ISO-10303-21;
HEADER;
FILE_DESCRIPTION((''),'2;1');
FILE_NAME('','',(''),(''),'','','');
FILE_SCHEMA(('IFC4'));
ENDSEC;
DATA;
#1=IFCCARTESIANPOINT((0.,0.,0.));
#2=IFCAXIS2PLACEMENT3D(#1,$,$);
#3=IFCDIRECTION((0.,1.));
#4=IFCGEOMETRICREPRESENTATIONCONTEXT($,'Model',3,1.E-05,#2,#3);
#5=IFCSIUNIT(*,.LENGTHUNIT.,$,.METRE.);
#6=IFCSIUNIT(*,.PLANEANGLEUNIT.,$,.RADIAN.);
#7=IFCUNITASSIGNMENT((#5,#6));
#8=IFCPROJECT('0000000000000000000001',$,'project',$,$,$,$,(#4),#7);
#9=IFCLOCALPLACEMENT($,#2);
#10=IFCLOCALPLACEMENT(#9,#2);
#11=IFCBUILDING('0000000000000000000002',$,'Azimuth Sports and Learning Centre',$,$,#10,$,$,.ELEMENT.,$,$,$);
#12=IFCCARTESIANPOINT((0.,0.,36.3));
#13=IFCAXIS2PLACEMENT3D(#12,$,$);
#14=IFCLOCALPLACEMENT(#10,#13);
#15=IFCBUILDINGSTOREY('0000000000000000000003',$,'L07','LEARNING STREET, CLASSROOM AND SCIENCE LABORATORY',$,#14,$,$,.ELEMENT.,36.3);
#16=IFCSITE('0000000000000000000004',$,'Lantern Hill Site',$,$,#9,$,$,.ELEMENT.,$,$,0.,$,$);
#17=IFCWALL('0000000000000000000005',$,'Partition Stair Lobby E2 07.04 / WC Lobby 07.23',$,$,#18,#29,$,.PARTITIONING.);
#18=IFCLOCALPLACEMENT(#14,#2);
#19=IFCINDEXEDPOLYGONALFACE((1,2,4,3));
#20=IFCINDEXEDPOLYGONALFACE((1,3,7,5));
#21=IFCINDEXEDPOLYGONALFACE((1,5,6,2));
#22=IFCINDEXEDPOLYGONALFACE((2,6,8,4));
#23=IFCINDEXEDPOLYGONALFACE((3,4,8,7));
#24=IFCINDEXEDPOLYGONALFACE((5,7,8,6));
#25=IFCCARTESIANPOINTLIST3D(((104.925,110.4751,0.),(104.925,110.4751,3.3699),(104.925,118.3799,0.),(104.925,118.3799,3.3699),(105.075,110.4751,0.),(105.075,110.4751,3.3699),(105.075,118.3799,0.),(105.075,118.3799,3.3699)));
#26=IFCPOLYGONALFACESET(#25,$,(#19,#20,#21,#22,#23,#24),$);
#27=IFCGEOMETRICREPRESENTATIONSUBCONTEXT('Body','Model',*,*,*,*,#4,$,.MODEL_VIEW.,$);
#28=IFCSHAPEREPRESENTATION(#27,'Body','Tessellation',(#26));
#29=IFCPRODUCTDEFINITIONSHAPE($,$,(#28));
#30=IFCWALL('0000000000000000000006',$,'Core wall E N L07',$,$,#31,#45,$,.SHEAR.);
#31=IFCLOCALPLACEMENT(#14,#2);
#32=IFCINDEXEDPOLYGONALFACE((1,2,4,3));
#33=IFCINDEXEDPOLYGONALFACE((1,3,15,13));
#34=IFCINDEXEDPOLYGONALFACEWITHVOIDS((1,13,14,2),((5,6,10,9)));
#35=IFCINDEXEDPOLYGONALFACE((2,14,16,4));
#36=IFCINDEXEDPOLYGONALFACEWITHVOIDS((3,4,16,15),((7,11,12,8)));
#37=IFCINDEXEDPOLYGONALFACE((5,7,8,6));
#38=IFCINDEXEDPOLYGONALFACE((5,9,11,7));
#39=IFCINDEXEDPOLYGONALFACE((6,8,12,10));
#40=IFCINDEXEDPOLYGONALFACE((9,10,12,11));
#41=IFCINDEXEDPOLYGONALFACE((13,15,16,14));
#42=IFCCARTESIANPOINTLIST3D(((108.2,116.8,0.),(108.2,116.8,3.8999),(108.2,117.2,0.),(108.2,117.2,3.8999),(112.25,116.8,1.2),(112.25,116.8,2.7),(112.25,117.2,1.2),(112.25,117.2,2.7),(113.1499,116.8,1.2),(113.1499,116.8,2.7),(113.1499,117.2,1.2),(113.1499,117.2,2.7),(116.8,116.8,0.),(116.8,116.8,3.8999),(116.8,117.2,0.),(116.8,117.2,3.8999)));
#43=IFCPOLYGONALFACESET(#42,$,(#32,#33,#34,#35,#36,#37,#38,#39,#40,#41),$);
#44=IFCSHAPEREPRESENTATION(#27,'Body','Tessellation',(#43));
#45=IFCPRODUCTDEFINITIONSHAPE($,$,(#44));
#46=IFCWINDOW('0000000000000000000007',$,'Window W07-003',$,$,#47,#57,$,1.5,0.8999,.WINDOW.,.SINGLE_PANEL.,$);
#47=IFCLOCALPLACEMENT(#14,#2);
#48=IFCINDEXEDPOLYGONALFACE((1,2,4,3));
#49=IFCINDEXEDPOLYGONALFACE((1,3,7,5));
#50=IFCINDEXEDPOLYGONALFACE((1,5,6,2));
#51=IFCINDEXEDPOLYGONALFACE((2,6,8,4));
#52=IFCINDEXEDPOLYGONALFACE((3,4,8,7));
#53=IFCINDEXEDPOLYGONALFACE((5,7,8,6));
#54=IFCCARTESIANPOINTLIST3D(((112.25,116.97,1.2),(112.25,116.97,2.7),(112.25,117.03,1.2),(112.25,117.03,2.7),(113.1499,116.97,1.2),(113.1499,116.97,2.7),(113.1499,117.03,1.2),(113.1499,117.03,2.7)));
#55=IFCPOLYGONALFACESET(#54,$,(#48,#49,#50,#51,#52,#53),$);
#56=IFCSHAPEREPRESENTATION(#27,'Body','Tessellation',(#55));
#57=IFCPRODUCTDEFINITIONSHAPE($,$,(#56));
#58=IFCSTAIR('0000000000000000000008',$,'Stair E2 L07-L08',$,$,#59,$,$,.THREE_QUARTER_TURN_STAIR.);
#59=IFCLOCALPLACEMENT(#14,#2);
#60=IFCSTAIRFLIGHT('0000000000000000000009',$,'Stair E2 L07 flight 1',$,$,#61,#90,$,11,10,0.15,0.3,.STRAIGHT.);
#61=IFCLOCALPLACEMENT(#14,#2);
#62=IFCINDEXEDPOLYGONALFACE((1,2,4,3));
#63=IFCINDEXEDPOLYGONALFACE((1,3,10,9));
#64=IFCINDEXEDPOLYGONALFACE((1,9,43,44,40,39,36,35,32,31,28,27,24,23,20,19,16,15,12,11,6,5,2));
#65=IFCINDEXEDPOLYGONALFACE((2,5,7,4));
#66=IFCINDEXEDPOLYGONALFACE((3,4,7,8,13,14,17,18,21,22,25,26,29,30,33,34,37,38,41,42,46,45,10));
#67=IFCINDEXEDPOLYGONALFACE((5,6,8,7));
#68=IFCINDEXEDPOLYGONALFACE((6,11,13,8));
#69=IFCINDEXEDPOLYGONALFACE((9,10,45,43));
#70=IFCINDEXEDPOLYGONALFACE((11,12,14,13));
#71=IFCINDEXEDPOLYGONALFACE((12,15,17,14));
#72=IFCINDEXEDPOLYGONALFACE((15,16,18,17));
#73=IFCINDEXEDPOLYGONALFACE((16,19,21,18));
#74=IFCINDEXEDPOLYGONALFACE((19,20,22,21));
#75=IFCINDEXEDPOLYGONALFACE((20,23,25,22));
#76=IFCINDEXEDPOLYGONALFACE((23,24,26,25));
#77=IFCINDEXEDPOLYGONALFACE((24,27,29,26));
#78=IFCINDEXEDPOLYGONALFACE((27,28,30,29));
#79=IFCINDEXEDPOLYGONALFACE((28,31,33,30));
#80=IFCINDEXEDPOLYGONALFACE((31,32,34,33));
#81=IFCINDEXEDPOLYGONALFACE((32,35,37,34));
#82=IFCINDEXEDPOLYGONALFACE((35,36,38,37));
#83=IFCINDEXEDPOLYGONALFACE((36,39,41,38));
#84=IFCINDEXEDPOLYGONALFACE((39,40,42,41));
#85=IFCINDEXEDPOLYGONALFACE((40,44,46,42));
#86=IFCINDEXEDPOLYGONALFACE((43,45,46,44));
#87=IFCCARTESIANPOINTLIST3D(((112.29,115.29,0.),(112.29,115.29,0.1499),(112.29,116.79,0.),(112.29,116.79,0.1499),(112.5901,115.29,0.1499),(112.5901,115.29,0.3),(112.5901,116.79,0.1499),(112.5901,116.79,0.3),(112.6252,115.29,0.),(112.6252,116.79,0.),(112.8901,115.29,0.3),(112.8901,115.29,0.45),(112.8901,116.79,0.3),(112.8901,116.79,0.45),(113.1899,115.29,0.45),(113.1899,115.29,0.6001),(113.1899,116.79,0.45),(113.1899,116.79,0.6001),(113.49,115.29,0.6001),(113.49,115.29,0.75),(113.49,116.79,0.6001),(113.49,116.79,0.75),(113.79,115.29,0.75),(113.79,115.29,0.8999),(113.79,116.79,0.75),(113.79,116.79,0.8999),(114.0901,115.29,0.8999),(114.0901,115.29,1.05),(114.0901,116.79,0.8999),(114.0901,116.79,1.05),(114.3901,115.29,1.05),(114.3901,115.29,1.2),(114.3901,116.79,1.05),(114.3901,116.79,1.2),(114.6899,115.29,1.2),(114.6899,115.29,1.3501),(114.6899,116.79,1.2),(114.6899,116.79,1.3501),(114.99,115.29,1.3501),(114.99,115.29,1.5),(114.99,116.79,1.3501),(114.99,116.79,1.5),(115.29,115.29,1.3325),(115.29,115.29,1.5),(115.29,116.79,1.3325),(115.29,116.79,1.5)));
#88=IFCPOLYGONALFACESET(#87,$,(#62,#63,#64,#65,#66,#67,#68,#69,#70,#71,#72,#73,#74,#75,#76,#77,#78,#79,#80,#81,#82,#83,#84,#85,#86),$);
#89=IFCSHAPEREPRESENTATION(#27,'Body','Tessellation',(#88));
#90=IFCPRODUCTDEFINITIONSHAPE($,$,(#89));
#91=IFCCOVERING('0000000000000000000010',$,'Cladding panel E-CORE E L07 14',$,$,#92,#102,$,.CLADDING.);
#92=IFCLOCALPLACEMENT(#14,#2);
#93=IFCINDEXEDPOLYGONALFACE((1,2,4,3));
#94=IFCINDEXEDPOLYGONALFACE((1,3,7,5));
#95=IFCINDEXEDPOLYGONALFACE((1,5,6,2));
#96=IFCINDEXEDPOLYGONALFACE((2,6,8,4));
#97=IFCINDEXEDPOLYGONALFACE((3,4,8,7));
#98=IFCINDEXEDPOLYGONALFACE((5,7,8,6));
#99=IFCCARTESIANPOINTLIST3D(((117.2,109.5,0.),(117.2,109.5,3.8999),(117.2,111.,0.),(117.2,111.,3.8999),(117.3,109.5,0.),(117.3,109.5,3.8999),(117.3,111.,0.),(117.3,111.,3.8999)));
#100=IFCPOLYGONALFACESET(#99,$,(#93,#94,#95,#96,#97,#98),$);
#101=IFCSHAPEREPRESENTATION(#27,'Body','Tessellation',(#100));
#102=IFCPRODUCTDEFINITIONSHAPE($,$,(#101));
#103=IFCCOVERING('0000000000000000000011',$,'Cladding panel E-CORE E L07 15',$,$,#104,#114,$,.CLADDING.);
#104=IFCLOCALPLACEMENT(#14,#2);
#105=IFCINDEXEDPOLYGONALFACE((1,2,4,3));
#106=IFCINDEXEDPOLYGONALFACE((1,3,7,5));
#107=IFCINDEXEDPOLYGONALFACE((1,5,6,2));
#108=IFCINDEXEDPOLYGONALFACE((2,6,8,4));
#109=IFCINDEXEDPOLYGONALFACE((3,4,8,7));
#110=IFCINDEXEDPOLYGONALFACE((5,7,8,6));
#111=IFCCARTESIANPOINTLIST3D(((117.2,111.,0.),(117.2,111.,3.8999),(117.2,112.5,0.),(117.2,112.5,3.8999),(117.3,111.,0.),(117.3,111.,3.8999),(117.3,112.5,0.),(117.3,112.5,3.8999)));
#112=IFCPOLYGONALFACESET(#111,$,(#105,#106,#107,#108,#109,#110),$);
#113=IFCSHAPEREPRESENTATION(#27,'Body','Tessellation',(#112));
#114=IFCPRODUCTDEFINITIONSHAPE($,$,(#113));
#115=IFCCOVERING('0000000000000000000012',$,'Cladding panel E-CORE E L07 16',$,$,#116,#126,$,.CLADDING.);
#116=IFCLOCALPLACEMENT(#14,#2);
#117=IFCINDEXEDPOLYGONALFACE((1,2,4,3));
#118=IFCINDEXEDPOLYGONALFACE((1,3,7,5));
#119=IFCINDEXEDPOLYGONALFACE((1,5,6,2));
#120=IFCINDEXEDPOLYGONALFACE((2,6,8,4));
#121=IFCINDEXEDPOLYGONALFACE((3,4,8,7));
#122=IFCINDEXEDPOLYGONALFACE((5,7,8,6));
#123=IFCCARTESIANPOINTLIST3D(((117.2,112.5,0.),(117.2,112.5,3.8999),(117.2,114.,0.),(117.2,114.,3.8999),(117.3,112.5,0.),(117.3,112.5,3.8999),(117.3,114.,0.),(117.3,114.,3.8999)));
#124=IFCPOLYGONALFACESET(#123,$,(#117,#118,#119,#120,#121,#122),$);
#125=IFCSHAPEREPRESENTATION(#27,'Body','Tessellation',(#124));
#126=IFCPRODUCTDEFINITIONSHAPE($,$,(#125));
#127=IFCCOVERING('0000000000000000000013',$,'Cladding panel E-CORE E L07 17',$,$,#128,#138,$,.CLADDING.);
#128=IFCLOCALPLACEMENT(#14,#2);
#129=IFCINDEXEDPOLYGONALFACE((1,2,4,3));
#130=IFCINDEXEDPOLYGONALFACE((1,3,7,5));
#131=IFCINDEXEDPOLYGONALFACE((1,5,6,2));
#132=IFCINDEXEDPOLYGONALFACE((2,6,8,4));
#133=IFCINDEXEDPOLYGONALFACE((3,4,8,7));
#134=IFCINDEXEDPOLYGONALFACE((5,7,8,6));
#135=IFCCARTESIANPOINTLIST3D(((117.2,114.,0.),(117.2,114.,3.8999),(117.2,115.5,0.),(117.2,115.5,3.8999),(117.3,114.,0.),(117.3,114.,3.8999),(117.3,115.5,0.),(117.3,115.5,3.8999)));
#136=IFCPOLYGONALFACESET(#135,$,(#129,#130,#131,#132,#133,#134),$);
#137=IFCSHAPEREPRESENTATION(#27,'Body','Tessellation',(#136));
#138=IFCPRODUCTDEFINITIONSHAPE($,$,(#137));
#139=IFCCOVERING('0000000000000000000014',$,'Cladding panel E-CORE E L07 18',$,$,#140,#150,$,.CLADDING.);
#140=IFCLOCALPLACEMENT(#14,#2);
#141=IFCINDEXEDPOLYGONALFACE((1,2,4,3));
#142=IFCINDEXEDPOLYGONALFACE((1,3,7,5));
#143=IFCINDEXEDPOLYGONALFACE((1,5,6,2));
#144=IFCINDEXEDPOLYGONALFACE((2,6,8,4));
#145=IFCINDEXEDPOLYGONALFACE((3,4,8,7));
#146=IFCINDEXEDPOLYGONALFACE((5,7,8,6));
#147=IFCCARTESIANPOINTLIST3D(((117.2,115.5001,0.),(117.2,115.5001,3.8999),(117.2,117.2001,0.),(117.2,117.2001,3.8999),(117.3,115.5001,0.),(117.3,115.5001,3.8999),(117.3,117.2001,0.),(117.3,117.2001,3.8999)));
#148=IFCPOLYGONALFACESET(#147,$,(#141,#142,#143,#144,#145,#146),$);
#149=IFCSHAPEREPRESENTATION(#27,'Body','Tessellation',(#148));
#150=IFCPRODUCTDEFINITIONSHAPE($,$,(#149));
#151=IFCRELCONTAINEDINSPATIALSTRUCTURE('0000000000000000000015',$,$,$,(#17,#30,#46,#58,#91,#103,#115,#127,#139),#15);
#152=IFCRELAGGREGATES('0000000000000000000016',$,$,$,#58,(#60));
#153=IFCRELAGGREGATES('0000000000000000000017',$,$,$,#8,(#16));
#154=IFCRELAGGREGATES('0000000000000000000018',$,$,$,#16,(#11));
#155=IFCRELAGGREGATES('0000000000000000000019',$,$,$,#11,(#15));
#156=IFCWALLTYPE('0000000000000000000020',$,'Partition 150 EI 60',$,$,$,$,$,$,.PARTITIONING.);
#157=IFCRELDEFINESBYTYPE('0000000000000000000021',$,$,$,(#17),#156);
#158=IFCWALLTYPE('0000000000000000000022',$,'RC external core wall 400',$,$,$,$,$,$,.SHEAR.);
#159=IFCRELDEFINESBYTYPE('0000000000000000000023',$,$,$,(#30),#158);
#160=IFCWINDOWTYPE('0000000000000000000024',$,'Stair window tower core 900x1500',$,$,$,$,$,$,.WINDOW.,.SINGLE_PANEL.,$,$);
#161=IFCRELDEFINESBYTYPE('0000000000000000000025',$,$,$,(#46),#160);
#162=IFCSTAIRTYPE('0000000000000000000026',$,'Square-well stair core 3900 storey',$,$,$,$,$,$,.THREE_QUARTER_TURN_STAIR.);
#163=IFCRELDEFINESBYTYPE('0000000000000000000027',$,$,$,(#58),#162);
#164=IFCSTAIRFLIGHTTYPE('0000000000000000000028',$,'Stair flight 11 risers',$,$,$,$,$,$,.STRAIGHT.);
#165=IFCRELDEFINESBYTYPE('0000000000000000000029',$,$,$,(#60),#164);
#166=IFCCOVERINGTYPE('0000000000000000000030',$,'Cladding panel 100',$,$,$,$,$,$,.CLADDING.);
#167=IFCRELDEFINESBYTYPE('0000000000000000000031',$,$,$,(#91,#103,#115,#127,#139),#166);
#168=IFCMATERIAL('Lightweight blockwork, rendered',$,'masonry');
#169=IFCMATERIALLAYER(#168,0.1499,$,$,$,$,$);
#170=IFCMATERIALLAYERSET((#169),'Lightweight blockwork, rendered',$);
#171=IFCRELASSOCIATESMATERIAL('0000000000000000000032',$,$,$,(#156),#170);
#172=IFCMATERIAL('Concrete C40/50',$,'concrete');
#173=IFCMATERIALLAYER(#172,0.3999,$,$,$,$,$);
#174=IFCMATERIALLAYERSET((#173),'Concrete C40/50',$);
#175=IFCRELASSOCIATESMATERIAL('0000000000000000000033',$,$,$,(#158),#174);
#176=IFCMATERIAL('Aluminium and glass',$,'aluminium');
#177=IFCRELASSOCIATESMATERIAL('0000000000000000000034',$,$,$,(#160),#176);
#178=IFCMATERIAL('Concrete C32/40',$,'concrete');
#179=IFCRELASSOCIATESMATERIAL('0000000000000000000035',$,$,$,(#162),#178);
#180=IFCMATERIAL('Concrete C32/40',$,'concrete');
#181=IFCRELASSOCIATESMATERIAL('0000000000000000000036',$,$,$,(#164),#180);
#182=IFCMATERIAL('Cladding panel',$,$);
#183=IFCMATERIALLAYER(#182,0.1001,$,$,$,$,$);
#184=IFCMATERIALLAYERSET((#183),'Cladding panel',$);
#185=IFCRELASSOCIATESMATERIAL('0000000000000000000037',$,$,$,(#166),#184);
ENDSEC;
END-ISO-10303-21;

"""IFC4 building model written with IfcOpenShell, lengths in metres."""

from ifc_helpers import new_model, si_unit, direction, frame, frame_2d, origin, origin_2d, place, context, subcontext, project, spatial, polyline, rectangle, outline, extrude, material, layer, layer_set, type_object, element, fill, aggregate, save


model = new_model("IFC4")

# Units and contexts
model_context = context("Model", 3, precision=1e-05, world=origin(), true_north=direction((0.0, 1.0)))
body_context = subcontext(model_context, "Body", "Model", "MODEL_VIEW")
ifc_project = project(units=[si_unit("LENGTHUNIT", "METRE"), si_unit("PLANEANGLEUNIT", "RADIAN")], contexts=[model_context])

# Site, building, storey
site_placement = place(None, origin())
site = spatial("IfcSite", under=ifc_project, at=site_placement, Name="Lantern Hill Site", CompositionType="ELEMENT", RefElevation=0.0)
building_placement = place(site_placement, origin())
building = spatial("IfcBuilding", under=site, at=building_placement, Name="Azimuth Sports and Learning Centre", CompositionType="ELEMENT")
storey_placement = place(building_placement, frame((0.0, 0.0, 36.3)))
storey = spatial("IfcBuildingStorey", under=building, at=storey_placement, Name="L07", Description="LEARNING STREET, CLASSROOM AND SCIENCE LABORATORY", CompositionType="ELEMENT", Elevation=36.3)

# Wall
ifc_material_1 = material(Name="Lightweight blockwork, rendered", Category="masonry")
ifc_layer_1 = layer(ifc_material_1, 0.1499)
ifc_layer_set_1 = layer_set([ifc_layer_1], Name="Lightweight blockwork, rendered")
wall_type_1 = type_object("IfcWallType", Name="Partition 150 EI 60", PredefinedType="PARTITIONING", material=ifc_layer_set_1)
wall_1_placement = place(storey_placement, frame((105.0, 110.4751, 0.0), z_axis=(0.0, 0.0, 1.0), x_axis=(0.0, 1.0, 0.0)))
element("IfcWall", 1, at=wall_1_placement, inside=storey, type_object=wall_type_1, Name="Partition Stair Lobby E2 07.04 / WC Lobby 07.23", PredefinedType="PARTITIONING", context=body_context, shape_type="SweptSolid", body=[
    extrude(rectangle(XDim=7.9048, YDim=0.1499, at=frame_2d((3.9524, 0.0))), origin(), (0.0, 0.0, 1.0), 3.3699),
])

# Wall, opening, window
ifc_material_2 = material(Name="Concrete C40/50", Category="concrete")
ifc_layer_2 = layer(ifc_material_2, 0.3999)
ifc_layer_set_2 = layer_set([ifc_layer_2], Name="Concrete C40/50")
wall_type_2 = type_object("IfcWallType", Name="RC external core wall 400", PredefinedType="SHEAR", material=ifc_layer_set_2)
wall_2_placement = place(storey_placement, frame((108.2, 117.0, 0.0), z_axis=(0.0, 0.0, 1.0), x_axis=(1.0, 0.0, 0.0)))
wall_2 = element("IfcWall", 2, at=wall_2_placement, inside=storey, type_object=wall_type_2, Name="Core wall E N L07", PredefinedType="SHEAR", context=body_context, shape_type="SweptSolid", body=[
    extrude(rectangle(XDim=8.6001, YDim=0.3999, at=frame_2d((4.3, 0.0))), origin(), (0.0, 0.0, 1.0), 3.8999),
])
opening_placement = place(wall_2_placement, frame((4.05, 0.0, 1.2)))
opening = element("IfcOpeningElement", 3, at=opening_placement, cuts=wall_2, PredefinedType="OPENING", context=body_context, shape_type="SweptSolid", body=[
    extrude(rectangle(XDim=0.8999, YDim=1.5, at=frame_2d((0.45, 0.75))), frame((0.0, 0.2109, 0.0), z_axis=(0.0, -1.0, 0.0), x_axis=(1.0, 0.0, 0.0)), (0.0, 0.0, 1.0), 0.4219),
])
ifc_material_3 = material(Name="Aluminium and glass", Category="aluminium")
window_type = type_object("IfcWindowType", Name="Stair window tower core 900x1500", PartitioningType="SINGLE_PANEL", PredefinedType="WINDOW", material=ifc_material_3)
window_placement = place(opening_placement, origin())
window = element("IfcWindow", 4, at=window_placement, inside=storey, type_object=window_type, Name="Window W07-003", OverallHeight=1.5, OverallWidth=0.8999, PartitioningType="SINGLE_PANEL", PredefinedType="WINDOW", context=body_context, shape_type="SweptSolid", body=[
    extrude(rectangle(XDim=0.8999, YDim=1.5, at=frame_2d((0.45, 0.75))), frame((0.0, 0.03, 0.0), z_axis=(0.0, -1.0, 0.0), x_axis=(1.0, 0.0, 0.0)), (0.0, 0.0, 1.0), 0.0601),
])
fill(opening, window)

# Stair, stair flight
ifc_material_4 = material(Name="Concrete C32/40", Category="concrete")
stair_type = type_object("IfcStairType", Name="Square-well stair core 3900 storey", PredefinedType="THREE_QUARTER_TURN_STAIR", material=ifc_material_4)
stair_placement = place(storey_placement, origin())
stair = element("IfcStair", 5, at=stair_placement, inside=storey, type_object=stair_type, Name="Stair E2 L07-L08", PredefinedType="THREE_QUARTER_TURN_STAIR")
ifc_material_5 = material(Name="Concrete C32/40", Category="concrete")
stair_flight_type = type_object("IfcStairFlightType", Name="Stair flight 11 risers", PredefinedType="STRAIGHT", material=ifc_material_5)
stair_flight_placement = place(storey_placement, frame((112.29, 116.04, 0.0), z_axis=(0.0, 0.0, 1.0), x_axis=(1.0, 0.0, 0.0)))
stair_flight = element("IfcStairFlight", 6, at=stair_flight_placement, type_object=stair_flight_type, Name="Stair E2 L07 flight 1", NumberOfRisers=11, NumberOfTreads=10, PredefinedType="STRAIGHT", RiserHeight=0.15, TreadLength=0.3, context=body_context, shape_type="SweptSolid", body=[
    extrude(outline(polyline([(0.0, 0.0), (0.0, 0.1499), (0.3, 0.1499), (0.3, 0.3), (0.6001, 0.3), (0.6001, 0.45), (0.8999, 0.45), (0.8999, 0.6001), (1.2, 0.6001), (1.2, 0.75), (1.5, 0.75), (1.5, 0.8999), (1.8, 0.8999), (1.8, 1.05), (2.1001, 1.05), (2.1001, 1.2), (2.3999, 1.2), (2.3999, 1.3501), (2.7, 1.3501), (2.7, 1.5), (3.0, 1.5), (3.0, 1.6499), (3.0, 1.3325), (0.3352, 0.0), (0.0, 0.0)])), frame((0.0, 0.75, 0.0), z_axis=(0.0, -1.0, 0.0), x_axis=(1.0, 0.0, 0.0)), (0.0, 0.0, 1.0), 1.5),
])
aggregate(stair, [stair_flight])

# Coverings
ifc_material_6 = material(Name="Cladding panel")
ifc_layer_3 = layer(ifc_material_6, 0.1001)
ifc_layer_set_3 = layer_set([ifc_layer_3], Name="Cladding panel")
covering_type = type_object("IfcCoveringType", Name="Cladding panel 100", PredefinedType="CLADDING", material=ifc_layer_set_3)
for number, where, z_axis, x_axis, name in (
    (7, (117.25, 110.25, 0.0), (0.0, 0.0, 1.0), (0.0, 1.0, 0.0), "Cladding panel E-CORE E L07 14"),
    (8, (117.25, 111.75, 0.0), (0.0, 0.0, 1.0), (0.0, 1.0, 0.0), "Cladding panel E-CORE E L07 15"),
    (9, (117.25, 113.25, 0.0), (0.0, 0.0, 1.0), (0.0, 1.0, 0.0), "Cladding panel E-CORE E L07 16"),
    (10, (117.25, 114.75, 0.0), (0.0, 0.0, 1.0), (0.0, 1.0, 0.0), "Cladding panel E-CORE E L07 17"),
):
    element("IfcCovering", number, at=place(storey_placement, frame(where, z_axis=z_axis, x_axis=x_axis)), inside=storey, type_object=covering_type, Name=name, PredefinedType="CLADDING", context=body_context, shape_type="SweptSolid", body=[
        extrude(rectangle(XDim=1.5, YDim=0.1001, at=origin_2d()), origin(), (0.0, 0.0, 1.0), 3.8999),
    ])
covering_placement = place(storey_placement, frame((117.25, 116.3501, 0.0), z_axis=(0.0, 0.0, 1.0), x_axis=(0.0, 1.0, 0.0)))
element("IfcCovering", 11, at=covering_placement, inside=storey, type_object=covering_type, Name="Cladding panel E-CORE E L07 18", PredefinedType="CLADDING", context=body_context, shape_type="SweptSolid", body=[
    extrude(rectangle(XDim=1.7, YDim=0.1001, at=origin_2d()), origin(), (0.0, 0.0, 1.0), 3.8999),
])

save(model, "model.ifc")
